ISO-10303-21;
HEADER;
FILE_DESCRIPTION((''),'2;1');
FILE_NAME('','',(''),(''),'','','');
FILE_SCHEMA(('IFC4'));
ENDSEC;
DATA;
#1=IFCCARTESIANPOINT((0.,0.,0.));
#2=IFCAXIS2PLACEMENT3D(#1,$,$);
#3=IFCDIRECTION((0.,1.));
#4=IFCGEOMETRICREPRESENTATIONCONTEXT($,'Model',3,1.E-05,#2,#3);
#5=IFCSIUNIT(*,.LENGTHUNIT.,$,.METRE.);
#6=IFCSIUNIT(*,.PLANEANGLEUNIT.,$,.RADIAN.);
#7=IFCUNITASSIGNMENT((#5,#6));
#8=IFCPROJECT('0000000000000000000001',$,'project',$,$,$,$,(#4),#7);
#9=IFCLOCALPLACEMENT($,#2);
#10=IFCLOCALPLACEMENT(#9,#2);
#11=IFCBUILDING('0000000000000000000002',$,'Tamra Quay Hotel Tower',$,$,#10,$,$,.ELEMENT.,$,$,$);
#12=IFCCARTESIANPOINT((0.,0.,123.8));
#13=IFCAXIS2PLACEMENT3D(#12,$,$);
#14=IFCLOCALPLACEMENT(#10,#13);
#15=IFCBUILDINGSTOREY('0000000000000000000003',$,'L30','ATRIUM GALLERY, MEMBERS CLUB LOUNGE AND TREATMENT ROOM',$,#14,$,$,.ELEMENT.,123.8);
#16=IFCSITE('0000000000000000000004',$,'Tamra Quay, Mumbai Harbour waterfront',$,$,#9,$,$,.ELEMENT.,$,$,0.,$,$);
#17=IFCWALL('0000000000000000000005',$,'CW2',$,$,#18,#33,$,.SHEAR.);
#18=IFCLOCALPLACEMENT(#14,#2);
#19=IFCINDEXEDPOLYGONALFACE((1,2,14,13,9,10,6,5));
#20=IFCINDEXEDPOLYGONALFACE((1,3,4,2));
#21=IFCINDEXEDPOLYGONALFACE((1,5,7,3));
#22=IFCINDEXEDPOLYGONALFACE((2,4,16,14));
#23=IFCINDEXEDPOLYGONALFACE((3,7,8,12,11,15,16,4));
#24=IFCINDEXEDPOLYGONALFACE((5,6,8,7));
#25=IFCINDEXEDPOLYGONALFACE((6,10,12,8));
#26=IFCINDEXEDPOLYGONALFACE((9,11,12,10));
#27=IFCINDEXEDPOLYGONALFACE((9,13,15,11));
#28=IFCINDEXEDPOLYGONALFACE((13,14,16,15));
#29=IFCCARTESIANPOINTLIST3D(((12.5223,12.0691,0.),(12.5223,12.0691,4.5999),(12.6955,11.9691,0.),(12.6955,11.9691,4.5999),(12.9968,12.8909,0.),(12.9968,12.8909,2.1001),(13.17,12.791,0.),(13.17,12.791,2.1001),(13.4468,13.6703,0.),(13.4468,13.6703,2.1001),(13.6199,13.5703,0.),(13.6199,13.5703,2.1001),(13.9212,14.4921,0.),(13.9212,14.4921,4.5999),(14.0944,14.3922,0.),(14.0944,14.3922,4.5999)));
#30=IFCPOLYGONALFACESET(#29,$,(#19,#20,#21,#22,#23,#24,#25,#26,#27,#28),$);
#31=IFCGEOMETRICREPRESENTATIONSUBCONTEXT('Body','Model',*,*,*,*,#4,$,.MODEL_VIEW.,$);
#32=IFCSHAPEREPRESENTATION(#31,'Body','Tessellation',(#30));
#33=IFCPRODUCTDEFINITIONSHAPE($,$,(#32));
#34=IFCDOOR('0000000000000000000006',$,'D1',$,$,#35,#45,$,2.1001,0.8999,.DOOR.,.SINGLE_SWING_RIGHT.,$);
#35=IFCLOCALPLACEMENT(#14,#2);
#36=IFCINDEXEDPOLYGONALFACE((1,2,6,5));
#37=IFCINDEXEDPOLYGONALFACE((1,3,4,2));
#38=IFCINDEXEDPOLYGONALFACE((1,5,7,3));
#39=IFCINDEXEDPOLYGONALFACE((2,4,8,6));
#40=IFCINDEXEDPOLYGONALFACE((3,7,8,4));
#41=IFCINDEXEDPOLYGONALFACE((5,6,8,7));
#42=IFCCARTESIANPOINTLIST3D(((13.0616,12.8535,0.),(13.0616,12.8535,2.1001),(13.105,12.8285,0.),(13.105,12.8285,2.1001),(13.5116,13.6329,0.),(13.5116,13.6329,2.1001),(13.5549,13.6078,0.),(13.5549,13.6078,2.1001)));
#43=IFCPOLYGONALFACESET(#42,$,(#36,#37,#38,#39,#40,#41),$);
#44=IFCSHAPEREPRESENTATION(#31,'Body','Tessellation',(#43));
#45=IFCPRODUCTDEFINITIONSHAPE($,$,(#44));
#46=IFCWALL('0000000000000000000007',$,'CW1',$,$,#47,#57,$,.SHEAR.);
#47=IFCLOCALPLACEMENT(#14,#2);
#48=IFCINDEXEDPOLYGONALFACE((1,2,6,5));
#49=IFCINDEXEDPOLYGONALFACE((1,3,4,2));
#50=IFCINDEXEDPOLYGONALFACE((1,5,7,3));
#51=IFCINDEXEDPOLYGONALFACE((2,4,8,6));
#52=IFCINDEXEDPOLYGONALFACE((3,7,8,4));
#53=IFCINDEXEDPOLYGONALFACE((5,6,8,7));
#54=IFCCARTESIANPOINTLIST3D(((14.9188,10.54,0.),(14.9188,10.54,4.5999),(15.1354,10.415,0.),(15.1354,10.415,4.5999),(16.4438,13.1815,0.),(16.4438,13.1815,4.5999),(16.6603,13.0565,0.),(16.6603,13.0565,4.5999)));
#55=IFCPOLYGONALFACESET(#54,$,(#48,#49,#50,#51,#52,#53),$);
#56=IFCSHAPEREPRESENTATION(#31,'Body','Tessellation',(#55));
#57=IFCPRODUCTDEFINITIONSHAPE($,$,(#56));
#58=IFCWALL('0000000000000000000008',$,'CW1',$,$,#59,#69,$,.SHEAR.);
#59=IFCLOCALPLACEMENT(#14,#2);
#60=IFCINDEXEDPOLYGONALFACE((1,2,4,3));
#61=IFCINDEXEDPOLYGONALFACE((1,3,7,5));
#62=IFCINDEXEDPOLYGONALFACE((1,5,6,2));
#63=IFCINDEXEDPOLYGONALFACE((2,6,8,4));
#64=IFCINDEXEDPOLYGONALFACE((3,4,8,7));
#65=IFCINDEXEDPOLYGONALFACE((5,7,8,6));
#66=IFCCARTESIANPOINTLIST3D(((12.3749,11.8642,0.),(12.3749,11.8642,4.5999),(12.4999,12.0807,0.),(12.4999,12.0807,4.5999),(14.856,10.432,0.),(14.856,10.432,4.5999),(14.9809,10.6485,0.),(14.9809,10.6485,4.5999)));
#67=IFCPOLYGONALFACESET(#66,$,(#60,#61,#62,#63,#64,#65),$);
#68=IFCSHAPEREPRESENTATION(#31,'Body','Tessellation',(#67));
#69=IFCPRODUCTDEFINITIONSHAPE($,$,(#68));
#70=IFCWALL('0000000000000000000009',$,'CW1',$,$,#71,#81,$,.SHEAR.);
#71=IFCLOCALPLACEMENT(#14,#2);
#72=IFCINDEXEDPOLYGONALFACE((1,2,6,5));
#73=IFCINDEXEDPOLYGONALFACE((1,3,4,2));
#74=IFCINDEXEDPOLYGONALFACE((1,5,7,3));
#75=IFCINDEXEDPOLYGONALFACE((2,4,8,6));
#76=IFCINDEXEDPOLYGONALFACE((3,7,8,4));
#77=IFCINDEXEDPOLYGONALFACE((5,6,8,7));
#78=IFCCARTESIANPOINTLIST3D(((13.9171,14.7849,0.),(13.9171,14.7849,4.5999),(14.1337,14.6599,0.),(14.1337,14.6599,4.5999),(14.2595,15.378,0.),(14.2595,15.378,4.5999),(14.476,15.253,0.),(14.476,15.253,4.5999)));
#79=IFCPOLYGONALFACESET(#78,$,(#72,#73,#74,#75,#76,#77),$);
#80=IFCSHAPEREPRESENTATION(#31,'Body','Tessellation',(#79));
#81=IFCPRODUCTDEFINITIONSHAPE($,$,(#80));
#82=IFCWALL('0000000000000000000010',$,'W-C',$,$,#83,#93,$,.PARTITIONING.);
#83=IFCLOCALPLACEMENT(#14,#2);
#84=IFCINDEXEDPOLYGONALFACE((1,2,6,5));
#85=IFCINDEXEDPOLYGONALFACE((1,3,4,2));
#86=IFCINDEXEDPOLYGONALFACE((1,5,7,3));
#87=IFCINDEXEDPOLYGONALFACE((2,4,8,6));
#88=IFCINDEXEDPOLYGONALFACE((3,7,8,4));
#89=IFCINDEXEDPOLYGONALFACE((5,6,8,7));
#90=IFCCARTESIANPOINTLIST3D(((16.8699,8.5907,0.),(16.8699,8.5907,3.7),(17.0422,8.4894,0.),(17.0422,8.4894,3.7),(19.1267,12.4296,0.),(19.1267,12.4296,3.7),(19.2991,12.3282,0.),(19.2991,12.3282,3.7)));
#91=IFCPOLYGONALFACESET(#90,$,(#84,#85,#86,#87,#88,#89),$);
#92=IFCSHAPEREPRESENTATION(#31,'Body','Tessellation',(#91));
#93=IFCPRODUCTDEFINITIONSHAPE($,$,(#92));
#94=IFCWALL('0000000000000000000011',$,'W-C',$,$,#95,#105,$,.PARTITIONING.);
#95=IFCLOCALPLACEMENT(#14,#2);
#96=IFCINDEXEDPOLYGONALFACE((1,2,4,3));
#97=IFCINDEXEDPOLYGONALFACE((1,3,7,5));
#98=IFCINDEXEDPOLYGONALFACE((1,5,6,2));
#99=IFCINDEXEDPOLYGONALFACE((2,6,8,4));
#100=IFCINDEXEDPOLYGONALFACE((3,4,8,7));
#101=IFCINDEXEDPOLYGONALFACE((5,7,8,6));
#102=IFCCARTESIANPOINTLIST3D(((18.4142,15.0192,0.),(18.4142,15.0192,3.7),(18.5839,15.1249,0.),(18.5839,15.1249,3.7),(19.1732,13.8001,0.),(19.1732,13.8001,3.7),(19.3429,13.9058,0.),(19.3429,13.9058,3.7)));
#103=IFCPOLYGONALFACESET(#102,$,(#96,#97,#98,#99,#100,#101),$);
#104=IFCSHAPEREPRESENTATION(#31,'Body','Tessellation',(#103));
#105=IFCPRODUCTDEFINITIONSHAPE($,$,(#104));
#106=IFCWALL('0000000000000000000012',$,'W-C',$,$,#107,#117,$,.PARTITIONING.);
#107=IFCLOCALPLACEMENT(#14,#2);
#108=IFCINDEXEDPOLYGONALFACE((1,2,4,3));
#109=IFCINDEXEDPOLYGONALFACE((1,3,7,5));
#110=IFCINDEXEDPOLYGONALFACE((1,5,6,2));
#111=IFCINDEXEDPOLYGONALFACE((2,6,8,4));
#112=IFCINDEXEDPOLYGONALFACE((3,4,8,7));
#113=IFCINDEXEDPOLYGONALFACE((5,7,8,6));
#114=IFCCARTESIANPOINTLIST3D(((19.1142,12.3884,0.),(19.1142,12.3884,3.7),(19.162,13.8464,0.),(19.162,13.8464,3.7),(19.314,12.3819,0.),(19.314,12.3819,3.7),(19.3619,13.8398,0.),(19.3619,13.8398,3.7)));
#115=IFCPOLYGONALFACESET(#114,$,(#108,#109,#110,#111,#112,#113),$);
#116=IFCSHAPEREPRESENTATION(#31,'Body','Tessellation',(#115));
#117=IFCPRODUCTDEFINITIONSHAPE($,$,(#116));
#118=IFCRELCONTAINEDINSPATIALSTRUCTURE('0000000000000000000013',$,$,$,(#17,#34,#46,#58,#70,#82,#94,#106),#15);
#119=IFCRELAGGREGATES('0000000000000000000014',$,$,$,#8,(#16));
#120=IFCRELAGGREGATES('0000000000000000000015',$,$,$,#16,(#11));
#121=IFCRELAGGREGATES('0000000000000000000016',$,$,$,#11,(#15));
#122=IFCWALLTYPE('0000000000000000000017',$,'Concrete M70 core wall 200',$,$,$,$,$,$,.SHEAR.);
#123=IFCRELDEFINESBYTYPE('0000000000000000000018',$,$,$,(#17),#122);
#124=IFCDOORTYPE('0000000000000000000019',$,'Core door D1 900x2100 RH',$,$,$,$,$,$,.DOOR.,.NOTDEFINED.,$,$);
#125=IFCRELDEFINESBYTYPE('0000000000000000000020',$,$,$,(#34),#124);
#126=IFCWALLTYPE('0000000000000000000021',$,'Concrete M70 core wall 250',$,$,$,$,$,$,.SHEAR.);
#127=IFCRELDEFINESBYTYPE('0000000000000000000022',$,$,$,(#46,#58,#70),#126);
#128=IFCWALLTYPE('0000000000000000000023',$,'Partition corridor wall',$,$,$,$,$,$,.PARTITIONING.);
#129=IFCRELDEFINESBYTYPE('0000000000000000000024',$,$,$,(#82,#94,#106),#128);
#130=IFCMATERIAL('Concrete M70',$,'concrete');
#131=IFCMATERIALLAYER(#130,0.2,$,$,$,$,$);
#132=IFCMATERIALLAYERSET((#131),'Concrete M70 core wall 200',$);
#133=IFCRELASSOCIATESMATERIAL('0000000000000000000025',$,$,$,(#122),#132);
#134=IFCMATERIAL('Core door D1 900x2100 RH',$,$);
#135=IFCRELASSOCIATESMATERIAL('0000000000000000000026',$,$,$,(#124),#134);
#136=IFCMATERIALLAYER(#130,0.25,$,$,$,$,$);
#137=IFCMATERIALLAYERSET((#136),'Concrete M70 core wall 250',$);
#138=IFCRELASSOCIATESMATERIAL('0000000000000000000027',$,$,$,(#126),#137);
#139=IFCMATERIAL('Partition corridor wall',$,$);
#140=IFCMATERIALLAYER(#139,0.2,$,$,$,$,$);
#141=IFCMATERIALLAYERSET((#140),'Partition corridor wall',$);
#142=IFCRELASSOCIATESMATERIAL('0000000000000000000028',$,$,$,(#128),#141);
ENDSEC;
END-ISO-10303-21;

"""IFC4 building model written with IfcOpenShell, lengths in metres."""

from ifc_helpers import new_model, si_unit, direction, frame, frame_2d, origin, place, context, subcontext, project, spatial, rectangle, extrude, material, layer, layer_set, type_object, element, fill, save


model = new_model("IFC4")

# Units and contexts
model_context = context("Model", 3, precision=1e-05, world=origin(), true_north=direction((0.0, 1.0)))
body_context = subcontext(model_context, "Body", "Model", "MODEL_VIEW")
ifc_project = project(units=[si_unit("LENGTHUNIT", "METRE"), si_unit("PLANEANGLEUNIT", "RADIAN")], contexts=[model_context])

# Site, building, storey
site_placement = place(None, origin())
site = spatial("IfcSite", under=ifc_project, at=site_placement, Name="Tamra Quay, Mumbai Harbour waterfront", CompositionType="ELEMENT", RefElevation=0.0)
building_placement = place(site_placement, origin())
building = spatial("IfcBuilding", under=site, at=building_placement, Name="Tamra Quay Hotel Tower", CompositionType="ELEMENT")
storey_placement = place(building_placement, frame((0.0, 0.0, 123.8)))
storey = spatial("IfcBuildingStorey", under=building, at=storey_placement, Name="L30", Description="ATRIUM GALLERY, MEMBERS CLUB LOUNGE AND TREATMENT ROOM", CompositionType="ELEMENT", Elevation=123.8)

# Shared definitions
ifc_material_1 = material(Name="Concrete M70", Category="concrete")

# Wall, opening, door
ifc_layer_1 = layer(ifc_material_1, 0.2)
ifc_layer_set_1 = layer_set([ifc_layer_1], Name="Concrete M70 core wall 200")
wall_type_1 = type_object("IfcWallType", Name="Concrete M70 core wall 200", PredefinedType="SHEAR", material=ifc_layer_set_1)
wall_1_placement = place(storey_placement, frame((14.0078, 14.4421, 0.0), z_axis=(0.0, 0.0, 1.0), x_axis=(-0.499987, -0.866033, 0.0)))
wall_1 = element("IfcWall", 1, at=wall_1_placement, inside=storey, type_object=wall_type_1, Name="CW2", PredefinedType="SHEAR", context=body_context, shape_type="SweptSolid", body=[
    extrude(rectangle(XDim=2.7979, YDim=0.2, at=frame_2d((1.3989, 0.0))), origin(), (0.0, 0.0, 1.0), 4.5999),
])
opening_placement = place(wall_1_placement, frame((0.949, 0.0, 0.0)))
opening = element("IfcOpeningElement", 2, at=opening_placement, cuts=wall_1, PredefinedType="OPENING", context=body_context, shape_type="SweptSolid", body=[
    extrude(rectangle(XDim=0.8999, YDim=2.1001, at=frame_2d((0.45, 1.05))), frame((0.0, 0.1099, 0.0), z_axis=(0.0, -1.0, 0.0), x_axis=(1.0, 0.0, 0.0)), (0.0, 0.0, 1.0), 0.22),
])
ifc_material_2 = material(Name="Core door D1 900x2100 RH")
door_type = type_object("IfcDoorType", Name="Core door D1 900x2100 RH", OperationType="NOTDEFINED", PredefinedType="DOOR", material=ifc_material_2)
door_placement = place(opening_placement, origin())
door = element("IfcDoor", 3, at=door_placement, inside=storey, type_object=door_type, Name="D1", OperationType="SINGLE_SWING_RIGHT", OverallHeight=2.1001, OverallWidth=0.8999, PredefinedType="DOOR", context=body_context, shape_type="SweptSolid", body=[
    extrude(rectangle(XDim=0.8999, YDim=2.1001, at=frame_2d((0.45, 1.05))), frame((0.0, 0.0249, 0.0), z_axis=(0.0, -1.0, 0.0), x_axis=(1.0, 0.0, 0.0)), (0.0, 0.0, 1.0), 0.05),
])
fill(opening, door)

# Walls
ifc_layer_2 = layer(ifc_material_1, 0.25)
ifc_layer_set_2 = layer_set([ifc_layer_2], Name="Concrete M70 core wall 250")
wall_type_2 = type_object("IfcWallType", Name="Concrete M70 core wall 250", PredefinedType="SHEAR", material=ifc_layer_set_2)
wall_2_placement = place(storey_placement, frame((16.552, 13.1189, 0.0), z_axis=(0.0, 0.0, 1.0), x_axis=(-0.499979, -0.866038, 0.0)))
element("IfcWall", 4, at=wall_2_placement, inside=storey, type_object=wall_type_2, Name="CW1", PredefinedType="SHEAR", context=body_context, shape_type="SweptSolid", body=[
    extrude(rectangle(XDim=3.05, YDim=0.25, at=frame_2d((1.5249, 0.0))), origin(), (0.0, 0.0, 1.0), 4.5999),
])
wall_3_placement = place(storey_placement, frame((14.9185, 10.5403, 0.0), z_axis=(0.0, 0.0, 1.0), x_axis=(-0.866064, 0.499934, 0.0)))
element("IfcWall", 5, at=wall_3_placement, inside=storey, type_object=wall_type_2, Name="CW1", PredefinedType="SHEAR", context=body_context, shape_type="SweptSolid", body=[
    extrude(rectangle(XDim=2.8647, YDim=0.25, at=frame_2d((1.4324, 0.0))), origin(), (0.0, 0.0, 1.0), 4.5999),
])
wall_4_placement = place(storey_placement, frame((14.3677, 15.3154, 0.0), z_axis=(0.0, 0.0, 1.0), x_axis=(-0.499897, -0.866085, 0.0)))
element("IfcWall", 6, at=wall_4_placement, inside=storey, type_object=wall_type_2, Name="CW1", PredefinedType="SHEAR", context=body_context, shape_type="SweptSolid", body=[
    extrude(rectangle(XDim=0.6848, YDim=0.25, at=frame_2d((0.3423, 0.0))), origin(), (0.0, 0.0, 1.0), 4.5999),
])
ifc_material_3 = material(Name="Partition corridor wall")
ifc_layer_3 = layer(ifc_material_3, 0.2)
ifc_layer_set_3 = layer_set([ifc_layer_3], Name="Partition corridor wall")
wall_type_3 = type_object("IfcWallType", Name="Partition corridor wall", PredefinedType="PARTITIONING", material=ifc_layer_set_3)
wall_5_placement = place(storey_placement, frame((16.9561, 8.54, 0.0), z_axis=(0.0, 0.0, 1.0), x_axis=(0.5068, 0.862064, 0.0)))
element("IfcWall", 7, at=wall_5_placement, inside=storey, type_object=wall_type_3, Name="W-C", PredefinedType="PARTITIONING", context=body_context, shape_type="SweptSolid", body=[
    extrude(rectangle(XDim=4.4531, YDim=0.2, at=frame_2d((2.2266, 0.0))), origin(), (0.0, 0.0, 1.0), 3.7),
])
wall_6_placement = place(storey_placement, frame((18.499, 15.072, 0.0), z_axis=(0.0, 0.0, 1.0), x_axis=(0.528577, -0.848885, 0.0)))
element("IfcWall", 8, at=wall_6_placement, inside=storey, type_object=wall_type_3, Name="W-C", PredefinedType="PARTITIONING", context=body_context, shape_type="SweptSolid", body=[
    extrude(rectangle(XDim=1.436, YDim=0.2, at=frame_2d((0.718, 0.0))), origin(), (0.0, 0.0, 1.0), 3.7),
])
wall_7_placement = place(storey_placement, frame((19.2141, 12.385, 0.0), z_axis=(0.0, 0.0, 1.0), x_axis=(0.032802, 0.999462, 0.0)))
element("IfcWall", 9, at=wall_7_placement, inside=storey, type_object=wall_type_3, Name="W-C", PredefinedType="PARTITIONING", context=body_context, shape_type="SweptSolid", body=[
    extrude(rectangle(XDim=1.4587, YDim=0.2, at=frame_2d((0.7295, 0.0))), origin(), (0.0, 0.0, 1.0), 3.7),
])

save(model, "model.ifc")
